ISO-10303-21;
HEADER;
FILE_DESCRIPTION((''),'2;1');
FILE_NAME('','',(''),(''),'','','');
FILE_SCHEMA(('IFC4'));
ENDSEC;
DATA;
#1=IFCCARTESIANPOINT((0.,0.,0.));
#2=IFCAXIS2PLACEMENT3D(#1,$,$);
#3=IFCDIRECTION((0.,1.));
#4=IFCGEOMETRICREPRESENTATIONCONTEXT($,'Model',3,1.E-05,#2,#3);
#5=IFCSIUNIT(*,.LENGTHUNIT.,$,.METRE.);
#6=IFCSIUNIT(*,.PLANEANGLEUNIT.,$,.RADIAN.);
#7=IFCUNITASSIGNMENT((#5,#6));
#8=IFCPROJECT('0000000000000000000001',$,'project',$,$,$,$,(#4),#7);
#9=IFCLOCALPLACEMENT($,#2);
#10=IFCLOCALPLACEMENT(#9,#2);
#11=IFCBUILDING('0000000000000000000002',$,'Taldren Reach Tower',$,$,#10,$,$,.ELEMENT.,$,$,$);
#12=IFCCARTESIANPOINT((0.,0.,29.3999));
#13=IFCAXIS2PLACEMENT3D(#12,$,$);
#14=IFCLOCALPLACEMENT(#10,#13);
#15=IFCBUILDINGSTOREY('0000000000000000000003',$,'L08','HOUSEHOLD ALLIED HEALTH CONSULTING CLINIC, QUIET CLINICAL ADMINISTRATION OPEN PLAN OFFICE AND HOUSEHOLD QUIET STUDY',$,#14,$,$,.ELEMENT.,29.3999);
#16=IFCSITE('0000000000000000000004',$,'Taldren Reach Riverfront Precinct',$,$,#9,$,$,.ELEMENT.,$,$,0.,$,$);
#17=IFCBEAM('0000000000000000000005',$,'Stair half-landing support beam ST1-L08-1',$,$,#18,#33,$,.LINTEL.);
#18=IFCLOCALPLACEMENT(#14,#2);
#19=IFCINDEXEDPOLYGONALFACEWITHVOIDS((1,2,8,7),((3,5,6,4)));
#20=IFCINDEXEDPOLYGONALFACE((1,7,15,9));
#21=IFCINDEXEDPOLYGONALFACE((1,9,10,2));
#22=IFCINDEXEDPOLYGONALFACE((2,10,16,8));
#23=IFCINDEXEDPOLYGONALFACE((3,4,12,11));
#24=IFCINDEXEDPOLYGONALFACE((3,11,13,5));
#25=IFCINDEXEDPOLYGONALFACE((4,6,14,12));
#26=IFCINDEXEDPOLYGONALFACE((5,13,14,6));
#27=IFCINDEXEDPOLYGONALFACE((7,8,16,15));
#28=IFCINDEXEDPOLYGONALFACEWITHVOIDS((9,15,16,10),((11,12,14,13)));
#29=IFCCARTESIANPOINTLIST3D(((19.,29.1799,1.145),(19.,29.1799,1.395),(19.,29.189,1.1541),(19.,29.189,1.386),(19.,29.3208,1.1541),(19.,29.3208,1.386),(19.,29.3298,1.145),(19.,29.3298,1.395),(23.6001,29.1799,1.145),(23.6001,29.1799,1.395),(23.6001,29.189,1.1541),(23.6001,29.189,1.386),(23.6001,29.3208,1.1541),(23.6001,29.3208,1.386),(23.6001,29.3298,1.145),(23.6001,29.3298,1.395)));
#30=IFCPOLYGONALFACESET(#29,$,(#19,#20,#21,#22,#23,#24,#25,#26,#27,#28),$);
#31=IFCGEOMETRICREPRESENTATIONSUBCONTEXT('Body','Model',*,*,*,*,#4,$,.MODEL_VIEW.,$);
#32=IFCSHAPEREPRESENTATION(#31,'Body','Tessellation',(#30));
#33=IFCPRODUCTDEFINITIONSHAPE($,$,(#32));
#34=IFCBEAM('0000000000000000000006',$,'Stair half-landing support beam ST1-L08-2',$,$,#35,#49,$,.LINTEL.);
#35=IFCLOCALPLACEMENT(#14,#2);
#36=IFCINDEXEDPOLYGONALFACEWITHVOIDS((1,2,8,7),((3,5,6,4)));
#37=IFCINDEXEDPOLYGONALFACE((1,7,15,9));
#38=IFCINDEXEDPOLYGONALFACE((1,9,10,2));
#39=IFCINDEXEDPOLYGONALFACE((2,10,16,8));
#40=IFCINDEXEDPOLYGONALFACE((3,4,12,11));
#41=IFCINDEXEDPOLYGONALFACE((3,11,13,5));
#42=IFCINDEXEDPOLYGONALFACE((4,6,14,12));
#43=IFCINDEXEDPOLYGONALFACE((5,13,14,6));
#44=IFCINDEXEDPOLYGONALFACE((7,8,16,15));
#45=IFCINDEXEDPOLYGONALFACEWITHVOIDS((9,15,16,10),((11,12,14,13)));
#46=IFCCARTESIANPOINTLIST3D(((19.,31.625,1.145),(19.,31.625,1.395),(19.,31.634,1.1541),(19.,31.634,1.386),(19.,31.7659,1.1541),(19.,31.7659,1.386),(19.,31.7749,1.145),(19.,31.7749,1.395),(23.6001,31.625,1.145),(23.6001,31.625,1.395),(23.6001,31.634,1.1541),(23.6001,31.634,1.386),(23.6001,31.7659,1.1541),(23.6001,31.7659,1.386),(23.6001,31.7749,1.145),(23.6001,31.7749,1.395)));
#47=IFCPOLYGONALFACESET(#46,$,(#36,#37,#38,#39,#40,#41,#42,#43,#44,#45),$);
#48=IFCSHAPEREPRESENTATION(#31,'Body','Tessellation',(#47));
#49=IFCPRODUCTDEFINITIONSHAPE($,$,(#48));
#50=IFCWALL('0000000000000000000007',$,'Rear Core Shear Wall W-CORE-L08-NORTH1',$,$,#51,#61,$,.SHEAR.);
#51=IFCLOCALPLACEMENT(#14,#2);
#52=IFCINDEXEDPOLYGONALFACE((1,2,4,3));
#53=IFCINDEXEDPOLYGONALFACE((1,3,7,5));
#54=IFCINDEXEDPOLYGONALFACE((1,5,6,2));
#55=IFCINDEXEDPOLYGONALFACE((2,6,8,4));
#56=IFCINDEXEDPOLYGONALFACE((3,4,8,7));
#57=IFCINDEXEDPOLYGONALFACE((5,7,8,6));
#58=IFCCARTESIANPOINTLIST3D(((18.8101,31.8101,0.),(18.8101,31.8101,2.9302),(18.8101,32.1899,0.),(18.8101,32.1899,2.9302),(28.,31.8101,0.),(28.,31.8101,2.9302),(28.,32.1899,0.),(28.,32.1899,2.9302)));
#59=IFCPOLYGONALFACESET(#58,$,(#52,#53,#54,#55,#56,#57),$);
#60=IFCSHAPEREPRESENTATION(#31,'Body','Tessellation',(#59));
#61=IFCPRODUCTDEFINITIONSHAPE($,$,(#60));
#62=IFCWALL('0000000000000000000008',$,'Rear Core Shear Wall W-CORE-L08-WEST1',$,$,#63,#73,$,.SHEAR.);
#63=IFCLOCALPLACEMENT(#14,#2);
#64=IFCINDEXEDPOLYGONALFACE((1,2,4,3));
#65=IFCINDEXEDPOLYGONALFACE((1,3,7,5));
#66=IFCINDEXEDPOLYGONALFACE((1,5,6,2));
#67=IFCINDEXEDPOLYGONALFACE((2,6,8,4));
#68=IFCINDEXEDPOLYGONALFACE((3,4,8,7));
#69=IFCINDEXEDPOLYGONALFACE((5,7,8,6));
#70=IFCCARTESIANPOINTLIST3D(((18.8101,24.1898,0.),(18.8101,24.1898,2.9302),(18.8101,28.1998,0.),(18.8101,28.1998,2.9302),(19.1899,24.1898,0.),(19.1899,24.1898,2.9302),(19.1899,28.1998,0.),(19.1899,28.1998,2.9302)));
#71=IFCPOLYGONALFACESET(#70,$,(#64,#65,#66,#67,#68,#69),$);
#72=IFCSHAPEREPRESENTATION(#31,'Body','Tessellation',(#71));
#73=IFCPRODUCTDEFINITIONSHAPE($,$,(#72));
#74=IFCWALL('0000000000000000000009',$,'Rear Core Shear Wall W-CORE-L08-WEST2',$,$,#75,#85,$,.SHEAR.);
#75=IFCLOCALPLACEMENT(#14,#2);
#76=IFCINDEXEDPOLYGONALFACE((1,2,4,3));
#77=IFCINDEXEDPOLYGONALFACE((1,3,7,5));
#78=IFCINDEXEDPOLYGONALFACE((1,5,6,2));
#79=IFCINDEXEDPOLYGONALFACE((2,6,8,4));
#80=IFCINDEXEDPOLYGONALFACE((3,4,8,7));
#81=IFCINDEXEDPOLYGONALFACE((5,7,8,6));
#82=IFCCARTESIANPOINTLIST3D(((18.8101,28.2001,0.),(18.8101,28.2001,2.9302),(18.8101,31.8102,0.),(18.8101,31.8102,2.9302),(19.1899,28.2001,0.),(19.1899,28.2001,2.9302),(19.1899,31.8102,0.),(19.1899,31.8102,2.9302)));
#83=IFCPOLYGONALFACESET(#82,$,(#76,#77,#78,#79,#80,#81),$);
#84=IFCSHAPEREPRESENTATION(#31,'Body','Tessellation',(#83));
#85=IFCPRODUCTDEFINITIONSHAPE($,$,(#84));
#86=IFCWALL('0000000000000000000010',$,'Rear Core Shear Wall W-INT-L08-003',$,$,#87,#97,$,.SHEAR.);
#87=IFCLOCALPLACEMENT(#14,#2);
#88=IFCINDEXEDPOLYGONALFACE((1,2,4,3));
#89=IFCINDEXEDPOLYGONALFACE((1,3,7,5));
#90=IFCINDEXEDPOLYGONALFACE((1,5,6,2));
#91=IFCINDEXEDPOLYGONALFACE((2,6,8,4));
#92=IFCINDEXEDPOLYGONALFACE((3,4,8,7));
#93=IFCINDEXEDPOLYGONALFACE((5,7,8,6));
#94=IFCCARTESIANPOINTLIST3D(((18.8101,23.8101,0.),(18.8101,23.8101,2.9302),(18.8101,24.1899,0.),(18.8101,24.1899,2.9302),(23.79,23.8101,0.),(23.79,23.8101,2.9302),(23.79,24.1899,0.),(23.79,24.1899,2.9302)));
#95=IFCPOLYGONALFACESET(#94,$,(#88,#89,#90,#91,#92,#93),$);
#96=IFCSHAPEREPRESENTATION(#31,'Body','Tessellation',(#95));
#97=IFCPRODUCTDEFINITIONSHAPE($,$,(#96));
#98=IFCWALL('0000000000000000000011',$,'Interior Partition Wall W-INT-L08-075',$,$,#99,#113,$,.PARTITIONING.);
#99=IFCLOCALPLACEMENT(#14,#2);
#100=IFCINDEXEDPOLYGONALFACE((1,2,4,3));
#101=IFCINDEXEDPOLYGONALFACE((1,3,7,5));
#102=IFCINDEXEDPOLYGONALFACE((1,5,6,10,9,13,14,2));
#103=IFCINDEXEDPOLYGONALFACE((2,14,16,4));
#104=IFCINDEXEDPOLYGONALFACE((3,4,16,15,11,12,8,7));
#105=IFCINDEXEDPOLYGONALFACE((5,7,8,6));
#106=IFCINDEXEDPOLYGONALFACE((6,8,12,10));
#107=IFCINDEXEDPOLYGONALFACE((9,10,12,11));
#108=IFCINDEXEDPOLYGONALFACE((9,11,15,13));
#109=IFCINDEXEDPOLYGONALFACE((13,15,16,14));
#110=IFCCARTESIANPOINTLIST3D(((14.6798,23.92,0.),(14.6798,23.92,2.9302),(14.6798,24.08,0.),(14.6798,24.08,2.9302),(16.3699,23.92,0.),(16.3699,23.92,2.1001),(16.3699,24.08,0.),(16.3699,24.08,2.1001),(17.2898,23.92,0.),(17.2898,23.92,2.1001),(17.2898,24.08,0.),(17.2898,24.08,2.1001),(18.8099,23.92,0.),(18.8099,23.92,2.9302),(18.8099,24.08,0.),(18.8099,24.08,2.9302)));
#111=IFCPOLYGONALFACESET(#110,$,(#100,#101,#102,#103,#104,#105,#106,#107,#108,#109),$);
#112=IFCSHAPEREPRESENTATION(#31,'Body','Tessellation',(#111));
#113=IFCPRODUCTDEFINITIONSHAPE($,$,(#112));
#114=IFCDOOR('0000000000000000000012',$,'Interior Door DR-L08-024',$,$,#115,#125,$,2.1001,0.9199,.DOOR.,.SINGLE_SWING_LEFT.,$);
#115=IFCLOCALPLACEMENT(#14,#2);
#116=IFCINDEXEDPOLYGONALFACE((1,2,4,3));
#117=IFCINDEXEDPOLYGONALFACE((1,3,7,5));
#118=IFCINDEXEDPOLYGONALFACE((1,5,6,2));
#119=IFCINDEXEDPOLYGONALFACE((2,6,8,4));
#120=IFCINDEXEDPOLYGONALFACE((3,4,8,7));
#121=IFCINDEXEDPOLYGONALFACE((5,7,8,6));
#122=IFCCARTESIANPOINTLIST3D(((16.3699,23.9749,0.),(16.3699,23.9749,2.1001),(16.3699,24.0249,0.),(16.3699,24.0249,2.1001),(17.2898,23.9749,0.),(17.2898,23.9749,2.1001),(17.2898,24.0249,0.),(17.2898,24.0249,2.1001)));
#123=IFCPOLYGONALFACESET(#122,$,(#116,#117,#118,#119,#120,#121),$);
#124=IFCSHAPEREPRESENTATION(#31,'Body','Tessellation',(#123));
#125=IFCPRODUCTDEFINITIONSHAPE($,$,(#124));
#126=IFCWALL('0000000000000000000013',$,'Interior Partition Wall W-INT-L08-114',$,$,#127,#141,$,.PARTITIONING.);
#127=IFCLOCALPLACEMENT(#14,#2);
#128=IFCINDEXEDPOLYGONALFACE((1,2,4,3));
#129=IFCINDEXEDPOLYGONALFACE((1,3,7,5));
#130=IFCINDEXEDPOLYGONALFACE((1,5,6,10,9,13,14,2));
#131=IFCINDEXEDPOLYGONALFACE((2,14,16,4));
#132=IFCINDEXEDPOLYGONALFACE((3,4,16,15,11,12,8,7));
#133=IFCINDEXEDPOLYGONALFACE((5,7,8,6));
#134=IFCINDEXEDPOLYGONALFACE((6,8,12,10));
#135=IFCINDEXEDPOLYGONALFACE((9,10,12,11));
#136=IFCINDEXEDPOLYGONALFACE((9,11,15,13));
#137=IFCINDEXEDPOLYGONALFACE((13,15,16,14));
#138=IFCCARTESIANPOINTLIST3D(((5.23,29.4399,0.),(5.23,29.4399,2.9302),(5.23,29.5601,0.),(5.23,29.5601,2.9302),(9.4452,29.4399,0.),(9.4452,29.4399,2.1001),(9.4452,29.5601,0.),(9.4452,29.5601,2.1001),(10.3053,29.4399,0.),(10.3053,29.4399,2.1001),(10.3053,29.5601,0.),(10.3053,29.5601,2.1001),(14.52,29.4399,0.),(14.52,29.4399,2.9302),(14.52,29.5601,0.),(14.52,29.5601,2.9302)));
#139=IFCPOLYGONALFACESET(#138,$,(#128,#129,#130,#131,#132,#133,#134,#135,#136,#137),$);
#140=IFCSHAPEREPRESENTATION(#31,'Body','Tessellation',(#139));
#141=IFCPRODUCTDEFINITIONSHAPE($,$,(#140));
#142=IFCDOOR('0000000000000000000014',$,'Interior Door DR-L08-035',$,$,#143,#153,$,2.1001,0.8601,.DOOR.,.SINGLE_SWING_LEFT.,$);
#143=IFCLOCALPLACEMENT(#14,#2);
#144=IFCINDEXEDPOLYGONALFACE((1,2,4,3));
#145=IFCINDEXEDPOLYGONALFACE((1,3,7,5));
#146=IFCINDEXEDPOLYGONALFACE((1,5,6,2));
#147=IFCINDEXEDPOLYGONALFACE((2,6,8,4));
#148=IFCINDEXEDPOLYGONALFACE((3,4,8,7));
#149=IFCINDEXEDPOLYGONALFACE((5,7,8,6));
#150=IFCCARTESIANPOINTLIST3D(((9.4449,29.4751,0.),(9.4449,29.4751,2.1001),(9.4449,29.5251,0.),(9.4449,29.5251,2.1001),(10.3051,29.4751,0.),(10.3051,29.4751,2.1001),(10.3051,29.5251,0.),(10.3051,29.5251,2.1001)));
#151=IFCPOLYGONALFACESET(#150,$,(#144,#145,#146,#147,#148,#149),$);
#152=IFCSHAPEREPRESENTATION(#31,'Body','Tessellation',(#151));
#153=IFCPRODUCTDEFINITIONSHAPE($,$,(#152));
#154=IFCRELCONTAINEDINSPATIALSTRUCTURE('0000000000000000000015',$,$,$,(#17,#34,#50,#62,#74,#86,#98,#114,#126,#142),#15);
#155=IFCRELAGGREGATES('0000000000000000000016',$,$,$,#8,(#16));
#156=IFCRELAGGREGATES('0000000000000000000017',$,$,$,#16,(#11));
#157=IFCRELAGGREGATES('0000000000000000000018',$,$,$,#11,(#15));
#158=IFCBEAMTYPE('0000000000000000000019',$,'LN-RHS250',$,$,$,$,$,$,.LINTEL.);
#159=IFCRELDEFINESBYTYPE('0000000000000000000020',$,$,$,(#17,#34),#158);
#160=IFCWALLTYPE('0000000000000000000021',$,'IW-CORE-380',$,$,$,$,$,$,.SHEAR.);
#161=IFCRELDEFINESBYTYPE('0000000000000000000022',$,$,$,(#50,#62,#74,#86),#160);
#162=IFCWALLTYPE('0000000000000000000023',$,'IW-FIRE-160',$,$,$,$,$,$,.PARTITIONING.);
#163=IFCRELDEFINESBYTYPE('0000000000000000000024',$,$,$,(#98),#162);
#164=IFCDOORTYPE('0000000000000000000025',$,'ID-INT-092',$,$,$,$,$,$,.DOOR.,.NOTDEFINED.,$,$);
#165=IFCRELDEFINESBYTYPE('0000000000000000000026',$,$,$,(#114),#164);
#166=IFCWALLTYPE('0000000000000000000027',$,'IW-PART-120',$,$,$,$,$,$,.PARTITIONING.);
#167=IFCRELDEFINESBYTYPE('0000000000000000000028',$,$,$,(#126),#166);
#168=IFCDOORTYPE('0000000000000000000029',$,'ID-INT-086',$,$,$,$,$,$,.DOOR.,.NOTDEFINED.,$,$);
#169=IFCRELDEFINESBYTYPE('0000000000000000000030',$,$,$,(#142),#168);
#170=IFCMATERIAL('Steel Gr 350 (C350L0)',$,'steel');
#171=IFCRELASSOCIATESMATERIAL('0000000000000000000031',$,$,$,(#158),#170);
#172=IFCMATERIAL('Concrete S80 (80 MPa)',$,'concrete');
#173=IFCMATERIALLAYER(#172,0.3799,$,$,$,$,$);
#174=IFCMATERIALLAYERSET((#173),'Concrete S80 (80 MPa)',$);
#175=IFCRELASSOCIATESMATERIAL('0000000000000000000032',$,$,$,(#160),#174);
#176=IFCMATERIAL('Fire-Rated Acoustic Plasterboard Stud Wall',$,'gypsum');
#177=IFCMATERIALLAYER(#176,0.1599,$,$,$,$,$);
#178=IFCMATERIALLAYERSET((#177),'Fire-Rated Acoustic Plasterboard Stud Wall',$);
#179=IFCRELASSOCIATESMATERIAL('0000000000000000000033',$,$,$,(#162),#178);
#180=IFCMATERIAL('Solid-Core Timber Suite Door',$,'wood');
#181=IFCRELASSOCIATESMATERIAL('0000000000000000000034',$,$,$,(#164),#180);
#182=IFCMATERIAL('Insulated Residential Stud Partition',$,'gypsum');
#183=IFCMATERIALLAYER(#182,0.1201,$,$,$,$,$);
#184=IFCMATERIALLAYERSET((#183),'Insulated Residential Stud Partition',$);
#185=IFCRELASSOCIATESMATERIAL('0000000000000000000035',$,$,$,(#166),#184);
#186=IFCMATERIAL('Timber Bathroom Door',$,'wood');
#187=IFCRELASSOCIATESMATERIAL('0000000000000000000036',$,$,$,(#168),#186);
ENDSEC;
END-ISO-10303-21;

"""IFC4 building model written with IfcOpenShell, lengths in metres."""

from ifc_helpers import new_model, si_unit, direction, frame, frame_2d, origin, origin_2d, place, context, subcontext, project, spatial, rectangle, hollow_rectangle, extrude, source, transform, mapped, material, layer, layer_set, material_profile, profile_set, type_object, element, fill, save


model = new_model("IFC4")

# Units and contexts
model_context = context("Model", 3, precision=1e-05, world=origin(), true_north=direction((0.0, 1.0)))
body_context = subcontext(model_context, "Body", "Model", "MODEL_VIEW")
ifc_project = project(units=[si_unit("LENGTHUNIT", "METRE"), si_unit("PLANEANGLEUNIT", "RADIAN")], contexts=[model_context])

# Site, building, storey
site_placement = place(None, origin())
site = spatial("IfcSite", under=ifc_project, at=site_placement, Name="Taldren Reach Riverfront Precinct", CompositionType="ELEMENT", RefElevation=0.0)
building_placement = place(site_placement, origin())
building = spatial("IfcBuilding", under=site, at=building_placement, Name="Taldren Reach Tower", CompositionType="ELEMENT")
storey_placement = place(building_placement, frame((0.0, 0.0, 29.3999)))
storey = spatial("IfcBuildingStorey", under=building, at=storey_placement, Name="L08", Description="HOUSEHOLD ALLIED HEALTH CONSULTING CLINIC, QUIET CLINICAL ADMINISTRATION OPEN PLAN OFFICE AND HOUSEHOLD QUIET STUDY", CompositionType="ELEMENT", Elevation=29.3999)

# Beams
ifc_material_1 = material(Name="Steel Gr 350 (C350L0)", Category="steel")
ifc_material_profile_1 = material_profile(ifc_material_1, hollow_rectangle(XDim=0.1499, YDim=0.25, WallThickness=0.009, at=origin_2d()), Name="250x150x9.0RHS")
ifc_profile_set_1 = profile_set([ifc_material_profile_1], Name="Steel Gr 350 (C350L0)")
beam_type_1 = type_object("IfcBeamType", Name="LN-RHS250", PredefinedType="LINTEL", material=ifc_profile_set_1)
shared_shape_1 = source(origin(), body_context, "Body", "SweptSolid", [
    extrude(hollow_rectangle(XDim=0.1499, YDim=0.25, WallThickness=0.009, at=origin_2d()), origin(), (0.0, 0.0, 1.0), 4.6001),
])
for number, where, z_axis, x_axis, name in (
    (1, (19.0, 29.2549, 1.27), (1.0, 0.0, 0.0), (0.0, 1.0, 0.0), "Stair half-landing support beam ST1-L08-1"),
    (2, (19.0, 31.7, 1.27), (1.0, 0.0, 0.0), (0.0, 1.0, 0.0), "Stair half-landing support beam ST1-L08-2"),
):
    element("IfcBeam", number, at=place(storey_placement, frame(where, z_axis=z_axis, x_axis=x_axis)), inside=storey, type_object=beam_type_1, Name=name, PredefinedType="LINTEL", context=body_context, shape_type="MappedRepresentation", body=[
        mapped(shared_shape_1, transform((0.0, 0.0, 0.0), scale=1.0)),
    ])

# Walls
ifc_material_2 = material(Name="Concrete S80 (80 MPa)", Category="concrete")
ifc_layer_1 = layer(ifc_material_2, 0.3799)
ifc_layer_set_1 = layer_set([ifc_layer_1], Name="Concrete S80 (80 MPa)")
wall_type_1 = type_object("IfcWallType", Name="IW-CORE-380", PredefinedType="SHEAR", material=ifc_layer_set_1)
shared_shape_2 = source(origin(), body_context, "Body", "SweptSolid", [
    extrude(rectangle(XDim=9.1899, YDim=0.3799, at=frame_2d((4.595, 0.0))), origin(), (0.0, 0.0, 1.0), 2.9302),
])
wall_1_placement = place(storey_placement, frame((18.8101, 32.0, 0.0), z_axis=(0.0, 0.0, 1.0), x_axis=(1.0, 0.0, 0.0)))
element("IfcWall", 3, at=wall_1_placement, inside=storey, type_object=wall_type_1, Name="Rear Core Shear Wall W-CORE-L08-NORTH1", PredefinedType="SHEAR", context=body_context, shape_type="MappedRepresentation", body=[
    mapped(shared_shape_2, transform((0.0, 0.0, 0.0), scale=1.0)),
])
shared_shape_3 = source(origin(), body_context, "Body", "SweptSolid", [
    extrude(rectangle(XDim=4.01, YDim=0.3799, at=frame_2d((2.0049, 0.0))), origin(), (0.0, 0.0, 1.0), 2.9302),
])
wall_2_placement = place(storey_placement, frame((19.0, 24.1899, 0.0), z_axis=(0.0, 0.0, 1.0), x_axis=(0.0, 1.0, 0.0)))
element("IfcWall", 4, at=wall_2_placement, inside=storey, type_object=wall_type_1, Name="Rear Core Shear Wall W-CORE-L08-WEST1", PredefinedType="SHEAR", context=body_context, shape_type="MappedRepresentation", body=[
    mapped(shared_shape_3, transform((0.0, 0.0, 0.0), scale=1.0)),
])
shared_shape_4 = source(origin(), body_context, "Body", "SweptSolid", [
    extrude(rectangle(XDim=3.6101, YDim=0.3799, at=frame_2d((1.8052, 0.0))), origin(), (0.0, 0.0, 1.0), 2.9302),
])
wall_3_placement = place(storey_placement, frame((19.0, 28.2, 0.0), z_axis=(0.0, 0.0, 1.0), x_axis=(0.0, 1.0, 0.0)))
element("IfcWall", 5, at=wall_3_placement, inside=storey, type_object=wall_type_1, Name="Rear Core Shear Wall W-CORE-L08-WEST2", PredefinedType="SHEAR", context=body_context, shape_type="MappedRepresentation", body=[
    mapped(shared_shape_4, transform((0.0, 0.0, 0.0), scale=1.0)),
])
shared_shape_5 = source(origin(), body_context, "Body", "SweptSolid", [
    extrude(rectangle(XDim=4.98, YDim=0.3799, at=frame_2d((2.49, 0.0))), origin(), (0.0, 0.0, 1.0), 2.9302),
])
wall_4_placement = place(storey_placement, frame((18.8101, 24.0, 0.0), z_axis=(0.0, 0.0, 1.0), x_axis=(1.0, 0.0, 0.0)))
element("IfcWall", 6, at=wall_4_placement, inside=storey, type_object=wall_type_1, Name="Rear Core Shear Wall W-INT-L08-003", PredefinedType="SHEAR", context=body_context, shape_type="MappedRepresentation", body=[
    mapped(shared_shape_5, transform((0.0, 0.0, 0.0), scale=1.0)),
])

# Walls, openings, doors
ifc_material_3 = material(Name="Fire-Rated Acoustic Plasterboard Stud Wall", Category="gypsum")
ifc_layer_2 = layer(ifc_material_3, 0.1599)
ifc_layer_set_2 = layer_set([ifc_layer_2], Name="Fire-Rated Acoustic Plasterboard Stud Wall")
wall_type_2 = type_object("IfcWallType", Name="IW-FIRE-160", PredefinedType="PARTITIONING", material=ifc_layer_set_2)
shared_shape_6 = source(origin(), body_context, "Body", "SweptSolid", [
    extrude(rectangle(XDim=4.1301, YDim=0.1599, at=frame_2d((2.0649, 0.0))), origin(), (0.0, 0.0, 1.0), 2.9302),
])
wall_5_placement = place(storey_placement, frame((14.6799, 24.0, 0.0), z_axis=(0.0, 0.0, 1.0), x_axis=(1.0, 0.0, 0.0)))
wall_5 = element("IfcWall", 7, at=wall_5_placement, inside=storey, type_object=wall_type_2, Name="Interior Partition Wall W-INT-L08-075", PredefinedType="PARTITIONING", context=body_context, shape_type="MappedRepresentation", body=[
    mapped(shared_shape_6, transform((0.0, 0.0, 0.0), scale=1.0)),
])
shared_shape_7 = source(origin(), body_context, "Body", "SweptSolid", [
    extrude(rectangle(XDim=0.9199, YDim=2.1001, at=frame_2d((0.46, 1.05))), frame((0.0, 0.0898, 0.0), z_axis=(0.0, -1.0, 0.0), x_axis=(1.0, 0.0, 0.0)), (0.0, 0.0, 1.0), 0.1799),
])
opening_1_placement = place(wall_5_placement, frame((1.6899, 0.0, 0.0)))
opening_1 = element("IfcOpeningElement", 8, at=opening_1_placement, cuts=wall_5, PredefinedType="OPENING", context=body_context, shape_type="MappedRepresentation", body=[
    mapped(shared_shape_7, transform((0.0, 0.0, 0.0), scale=1.0)),
])
ifc_material_4 = material(Name="Solid-Core Timber Suite Door", Category="wood")
door_type_1 = type_object("IfcDoorType", Name="ID-INT-092", OperationType="NOTDEFINED", PredefinedType="DOOR", material=ifc_material_4)
shared_shape_8 = source(origin(), body_context, "Body", "SweptSolid", [
    extrude(rectangle(XDim=0.9199, YDim=2.1001, at=frame_2d((0.46, 1.05))), frame((0.0, 0.0249, 0.0), z_axis=(0.0, -1.0, 0.0), x_axis=(1.0, 0.0, 0.0)), (0.0, 0.0, 1.0), 0.05),
])
door_1_placement = place(opening_1_placement, origin())
door_1 = element("IfcDoor", 9, at=door_1_placement, inside=storey, type_object=door_type_1, Name="Interior Door DR-L08-024", OperationType="SINGLE_SWING_LEFT", OverallHeight=2.1001, OverallWidth=0.9199, PredefinedType="DOOR", context=body_context, shape_type="MappedRepresentation", body=[
    mapped(shared_shape_8, transform((0.0, 0.0, 0.0), scale=1.0)),
])
fill(opening_1, door_1)
ifc_material_5 = material(Name="Insulated Residential Stud Partition", Category="gypsum")
ifc_layer_3 = layer(ifc_material_5, 0.1201)
ifc_layer_set_3 = layer_set([ifc_layer_3], Name="Insulated Residential Stud Partition")
wall_type_3 = type_object("IfcWallType", Name="IW-PART-120", PredefinedType="PARTITIONING", material=ifc_layer_set_3)
shared_shape_9 = source(origin(), body_context, "Body", "SweptSolid", [
    extrude(rectangle(XDim=9.29, YDim=0.1201, at=frame_2d((4.645, 0.0))), origin(), (0.0, 0.0, 1.0), 2.9302),
])
wall_6_placement = place(storey_placement, frame((5.23, 29.5, 0.0), z_axis=(0.0, 0.0, 1.0), x_axis=(1.0, 0.0, 0.0)))
wall_6 = element("IfcWall", 10, at=wall_6_placement, inside=storey, type_object=wall_type_3, Name="Interior Partition Wall W-INT-L08-114", PredefinedType="PARTITIONING", context=body_context, shape_type="MappedRepresentation", body=[
    mapped(shared_shape_9, transform((0.0, 0.0, 0.0), scale=1.0)),
])
shared_shape_10 = source(origin(), body_context, "Body", "SweptSolid", [
    extrude(rectangle(XDim=0.8601, YDim=2.1001, at=frame_2d((0.4302, 1.05))), frame((0.0, 0.0701, 0.0), z_axis=(0.0, -1.0, 0.0), x_axis=(1.0, 0.0, 0.0)), (0.0, 0.0, 1.0), 0.1401),
])
opening_2_placement = place(wall_6_placement, frame((4.2151, 0.0, 0.0)))
opening_2 = element("IfcOpeningElement", 11, at=opening_2_placement, cuts=wall_6, PredefinedType="OPENING", context=body_context, shape_type="MappedRepresentation", body=[
    mapped(shared_shape_10, transform((0.0, 0.0, 0.0), scale=1.0)),
])
ifc_material_6 = material(Name="Timber Bathroom Door", Category="wood")
door_type_2 = type_object("IfcDoorType", Name="ID-INT-086", OperationType="NOTDEFINED", PredefinedType="DOOR", material=ifc_material_6)
shared_shape_11 = source(origin(), body_context, "Body", "SweptSolid", [
    extrude(rectangle(XDim=0.8601, YDim=2.1001, at=frame_2d((0.4302, 1.05))), frame((0.0, 0.0249, 0.0), z_axis=(0.0, -1.0, 0.0), x_axis=(1.0, 0.0, 0.0)), (0.0, 0.0, 1.0), 0.05),
])
door_2_placement = place(opening_2_placement, frame((0.8601, 0.0, 0.0), z_axis=(0.0, 0.0, 1.0), x_axis=(-1.0, 0.0, 0.0)))
door_2 = element("IfcDoor", 12, at=door_2_placement, inside=storey, type_object=door_type_2, Name="Interior Door DR-L08-035", OperationType="SINGLE_SWING_LEFT", OverallHeight=2.1001, OverallWidth=0.8601, PredefinedType="DOOR", context=body_context, shape_type="MappedRepresentation", body=[
    mapped(shared_shape_11, transform((0.0, 0.0, 0.0), scale=1.0)),
])
fill(opening_2, door_2)

save(model, "model.ifc")
